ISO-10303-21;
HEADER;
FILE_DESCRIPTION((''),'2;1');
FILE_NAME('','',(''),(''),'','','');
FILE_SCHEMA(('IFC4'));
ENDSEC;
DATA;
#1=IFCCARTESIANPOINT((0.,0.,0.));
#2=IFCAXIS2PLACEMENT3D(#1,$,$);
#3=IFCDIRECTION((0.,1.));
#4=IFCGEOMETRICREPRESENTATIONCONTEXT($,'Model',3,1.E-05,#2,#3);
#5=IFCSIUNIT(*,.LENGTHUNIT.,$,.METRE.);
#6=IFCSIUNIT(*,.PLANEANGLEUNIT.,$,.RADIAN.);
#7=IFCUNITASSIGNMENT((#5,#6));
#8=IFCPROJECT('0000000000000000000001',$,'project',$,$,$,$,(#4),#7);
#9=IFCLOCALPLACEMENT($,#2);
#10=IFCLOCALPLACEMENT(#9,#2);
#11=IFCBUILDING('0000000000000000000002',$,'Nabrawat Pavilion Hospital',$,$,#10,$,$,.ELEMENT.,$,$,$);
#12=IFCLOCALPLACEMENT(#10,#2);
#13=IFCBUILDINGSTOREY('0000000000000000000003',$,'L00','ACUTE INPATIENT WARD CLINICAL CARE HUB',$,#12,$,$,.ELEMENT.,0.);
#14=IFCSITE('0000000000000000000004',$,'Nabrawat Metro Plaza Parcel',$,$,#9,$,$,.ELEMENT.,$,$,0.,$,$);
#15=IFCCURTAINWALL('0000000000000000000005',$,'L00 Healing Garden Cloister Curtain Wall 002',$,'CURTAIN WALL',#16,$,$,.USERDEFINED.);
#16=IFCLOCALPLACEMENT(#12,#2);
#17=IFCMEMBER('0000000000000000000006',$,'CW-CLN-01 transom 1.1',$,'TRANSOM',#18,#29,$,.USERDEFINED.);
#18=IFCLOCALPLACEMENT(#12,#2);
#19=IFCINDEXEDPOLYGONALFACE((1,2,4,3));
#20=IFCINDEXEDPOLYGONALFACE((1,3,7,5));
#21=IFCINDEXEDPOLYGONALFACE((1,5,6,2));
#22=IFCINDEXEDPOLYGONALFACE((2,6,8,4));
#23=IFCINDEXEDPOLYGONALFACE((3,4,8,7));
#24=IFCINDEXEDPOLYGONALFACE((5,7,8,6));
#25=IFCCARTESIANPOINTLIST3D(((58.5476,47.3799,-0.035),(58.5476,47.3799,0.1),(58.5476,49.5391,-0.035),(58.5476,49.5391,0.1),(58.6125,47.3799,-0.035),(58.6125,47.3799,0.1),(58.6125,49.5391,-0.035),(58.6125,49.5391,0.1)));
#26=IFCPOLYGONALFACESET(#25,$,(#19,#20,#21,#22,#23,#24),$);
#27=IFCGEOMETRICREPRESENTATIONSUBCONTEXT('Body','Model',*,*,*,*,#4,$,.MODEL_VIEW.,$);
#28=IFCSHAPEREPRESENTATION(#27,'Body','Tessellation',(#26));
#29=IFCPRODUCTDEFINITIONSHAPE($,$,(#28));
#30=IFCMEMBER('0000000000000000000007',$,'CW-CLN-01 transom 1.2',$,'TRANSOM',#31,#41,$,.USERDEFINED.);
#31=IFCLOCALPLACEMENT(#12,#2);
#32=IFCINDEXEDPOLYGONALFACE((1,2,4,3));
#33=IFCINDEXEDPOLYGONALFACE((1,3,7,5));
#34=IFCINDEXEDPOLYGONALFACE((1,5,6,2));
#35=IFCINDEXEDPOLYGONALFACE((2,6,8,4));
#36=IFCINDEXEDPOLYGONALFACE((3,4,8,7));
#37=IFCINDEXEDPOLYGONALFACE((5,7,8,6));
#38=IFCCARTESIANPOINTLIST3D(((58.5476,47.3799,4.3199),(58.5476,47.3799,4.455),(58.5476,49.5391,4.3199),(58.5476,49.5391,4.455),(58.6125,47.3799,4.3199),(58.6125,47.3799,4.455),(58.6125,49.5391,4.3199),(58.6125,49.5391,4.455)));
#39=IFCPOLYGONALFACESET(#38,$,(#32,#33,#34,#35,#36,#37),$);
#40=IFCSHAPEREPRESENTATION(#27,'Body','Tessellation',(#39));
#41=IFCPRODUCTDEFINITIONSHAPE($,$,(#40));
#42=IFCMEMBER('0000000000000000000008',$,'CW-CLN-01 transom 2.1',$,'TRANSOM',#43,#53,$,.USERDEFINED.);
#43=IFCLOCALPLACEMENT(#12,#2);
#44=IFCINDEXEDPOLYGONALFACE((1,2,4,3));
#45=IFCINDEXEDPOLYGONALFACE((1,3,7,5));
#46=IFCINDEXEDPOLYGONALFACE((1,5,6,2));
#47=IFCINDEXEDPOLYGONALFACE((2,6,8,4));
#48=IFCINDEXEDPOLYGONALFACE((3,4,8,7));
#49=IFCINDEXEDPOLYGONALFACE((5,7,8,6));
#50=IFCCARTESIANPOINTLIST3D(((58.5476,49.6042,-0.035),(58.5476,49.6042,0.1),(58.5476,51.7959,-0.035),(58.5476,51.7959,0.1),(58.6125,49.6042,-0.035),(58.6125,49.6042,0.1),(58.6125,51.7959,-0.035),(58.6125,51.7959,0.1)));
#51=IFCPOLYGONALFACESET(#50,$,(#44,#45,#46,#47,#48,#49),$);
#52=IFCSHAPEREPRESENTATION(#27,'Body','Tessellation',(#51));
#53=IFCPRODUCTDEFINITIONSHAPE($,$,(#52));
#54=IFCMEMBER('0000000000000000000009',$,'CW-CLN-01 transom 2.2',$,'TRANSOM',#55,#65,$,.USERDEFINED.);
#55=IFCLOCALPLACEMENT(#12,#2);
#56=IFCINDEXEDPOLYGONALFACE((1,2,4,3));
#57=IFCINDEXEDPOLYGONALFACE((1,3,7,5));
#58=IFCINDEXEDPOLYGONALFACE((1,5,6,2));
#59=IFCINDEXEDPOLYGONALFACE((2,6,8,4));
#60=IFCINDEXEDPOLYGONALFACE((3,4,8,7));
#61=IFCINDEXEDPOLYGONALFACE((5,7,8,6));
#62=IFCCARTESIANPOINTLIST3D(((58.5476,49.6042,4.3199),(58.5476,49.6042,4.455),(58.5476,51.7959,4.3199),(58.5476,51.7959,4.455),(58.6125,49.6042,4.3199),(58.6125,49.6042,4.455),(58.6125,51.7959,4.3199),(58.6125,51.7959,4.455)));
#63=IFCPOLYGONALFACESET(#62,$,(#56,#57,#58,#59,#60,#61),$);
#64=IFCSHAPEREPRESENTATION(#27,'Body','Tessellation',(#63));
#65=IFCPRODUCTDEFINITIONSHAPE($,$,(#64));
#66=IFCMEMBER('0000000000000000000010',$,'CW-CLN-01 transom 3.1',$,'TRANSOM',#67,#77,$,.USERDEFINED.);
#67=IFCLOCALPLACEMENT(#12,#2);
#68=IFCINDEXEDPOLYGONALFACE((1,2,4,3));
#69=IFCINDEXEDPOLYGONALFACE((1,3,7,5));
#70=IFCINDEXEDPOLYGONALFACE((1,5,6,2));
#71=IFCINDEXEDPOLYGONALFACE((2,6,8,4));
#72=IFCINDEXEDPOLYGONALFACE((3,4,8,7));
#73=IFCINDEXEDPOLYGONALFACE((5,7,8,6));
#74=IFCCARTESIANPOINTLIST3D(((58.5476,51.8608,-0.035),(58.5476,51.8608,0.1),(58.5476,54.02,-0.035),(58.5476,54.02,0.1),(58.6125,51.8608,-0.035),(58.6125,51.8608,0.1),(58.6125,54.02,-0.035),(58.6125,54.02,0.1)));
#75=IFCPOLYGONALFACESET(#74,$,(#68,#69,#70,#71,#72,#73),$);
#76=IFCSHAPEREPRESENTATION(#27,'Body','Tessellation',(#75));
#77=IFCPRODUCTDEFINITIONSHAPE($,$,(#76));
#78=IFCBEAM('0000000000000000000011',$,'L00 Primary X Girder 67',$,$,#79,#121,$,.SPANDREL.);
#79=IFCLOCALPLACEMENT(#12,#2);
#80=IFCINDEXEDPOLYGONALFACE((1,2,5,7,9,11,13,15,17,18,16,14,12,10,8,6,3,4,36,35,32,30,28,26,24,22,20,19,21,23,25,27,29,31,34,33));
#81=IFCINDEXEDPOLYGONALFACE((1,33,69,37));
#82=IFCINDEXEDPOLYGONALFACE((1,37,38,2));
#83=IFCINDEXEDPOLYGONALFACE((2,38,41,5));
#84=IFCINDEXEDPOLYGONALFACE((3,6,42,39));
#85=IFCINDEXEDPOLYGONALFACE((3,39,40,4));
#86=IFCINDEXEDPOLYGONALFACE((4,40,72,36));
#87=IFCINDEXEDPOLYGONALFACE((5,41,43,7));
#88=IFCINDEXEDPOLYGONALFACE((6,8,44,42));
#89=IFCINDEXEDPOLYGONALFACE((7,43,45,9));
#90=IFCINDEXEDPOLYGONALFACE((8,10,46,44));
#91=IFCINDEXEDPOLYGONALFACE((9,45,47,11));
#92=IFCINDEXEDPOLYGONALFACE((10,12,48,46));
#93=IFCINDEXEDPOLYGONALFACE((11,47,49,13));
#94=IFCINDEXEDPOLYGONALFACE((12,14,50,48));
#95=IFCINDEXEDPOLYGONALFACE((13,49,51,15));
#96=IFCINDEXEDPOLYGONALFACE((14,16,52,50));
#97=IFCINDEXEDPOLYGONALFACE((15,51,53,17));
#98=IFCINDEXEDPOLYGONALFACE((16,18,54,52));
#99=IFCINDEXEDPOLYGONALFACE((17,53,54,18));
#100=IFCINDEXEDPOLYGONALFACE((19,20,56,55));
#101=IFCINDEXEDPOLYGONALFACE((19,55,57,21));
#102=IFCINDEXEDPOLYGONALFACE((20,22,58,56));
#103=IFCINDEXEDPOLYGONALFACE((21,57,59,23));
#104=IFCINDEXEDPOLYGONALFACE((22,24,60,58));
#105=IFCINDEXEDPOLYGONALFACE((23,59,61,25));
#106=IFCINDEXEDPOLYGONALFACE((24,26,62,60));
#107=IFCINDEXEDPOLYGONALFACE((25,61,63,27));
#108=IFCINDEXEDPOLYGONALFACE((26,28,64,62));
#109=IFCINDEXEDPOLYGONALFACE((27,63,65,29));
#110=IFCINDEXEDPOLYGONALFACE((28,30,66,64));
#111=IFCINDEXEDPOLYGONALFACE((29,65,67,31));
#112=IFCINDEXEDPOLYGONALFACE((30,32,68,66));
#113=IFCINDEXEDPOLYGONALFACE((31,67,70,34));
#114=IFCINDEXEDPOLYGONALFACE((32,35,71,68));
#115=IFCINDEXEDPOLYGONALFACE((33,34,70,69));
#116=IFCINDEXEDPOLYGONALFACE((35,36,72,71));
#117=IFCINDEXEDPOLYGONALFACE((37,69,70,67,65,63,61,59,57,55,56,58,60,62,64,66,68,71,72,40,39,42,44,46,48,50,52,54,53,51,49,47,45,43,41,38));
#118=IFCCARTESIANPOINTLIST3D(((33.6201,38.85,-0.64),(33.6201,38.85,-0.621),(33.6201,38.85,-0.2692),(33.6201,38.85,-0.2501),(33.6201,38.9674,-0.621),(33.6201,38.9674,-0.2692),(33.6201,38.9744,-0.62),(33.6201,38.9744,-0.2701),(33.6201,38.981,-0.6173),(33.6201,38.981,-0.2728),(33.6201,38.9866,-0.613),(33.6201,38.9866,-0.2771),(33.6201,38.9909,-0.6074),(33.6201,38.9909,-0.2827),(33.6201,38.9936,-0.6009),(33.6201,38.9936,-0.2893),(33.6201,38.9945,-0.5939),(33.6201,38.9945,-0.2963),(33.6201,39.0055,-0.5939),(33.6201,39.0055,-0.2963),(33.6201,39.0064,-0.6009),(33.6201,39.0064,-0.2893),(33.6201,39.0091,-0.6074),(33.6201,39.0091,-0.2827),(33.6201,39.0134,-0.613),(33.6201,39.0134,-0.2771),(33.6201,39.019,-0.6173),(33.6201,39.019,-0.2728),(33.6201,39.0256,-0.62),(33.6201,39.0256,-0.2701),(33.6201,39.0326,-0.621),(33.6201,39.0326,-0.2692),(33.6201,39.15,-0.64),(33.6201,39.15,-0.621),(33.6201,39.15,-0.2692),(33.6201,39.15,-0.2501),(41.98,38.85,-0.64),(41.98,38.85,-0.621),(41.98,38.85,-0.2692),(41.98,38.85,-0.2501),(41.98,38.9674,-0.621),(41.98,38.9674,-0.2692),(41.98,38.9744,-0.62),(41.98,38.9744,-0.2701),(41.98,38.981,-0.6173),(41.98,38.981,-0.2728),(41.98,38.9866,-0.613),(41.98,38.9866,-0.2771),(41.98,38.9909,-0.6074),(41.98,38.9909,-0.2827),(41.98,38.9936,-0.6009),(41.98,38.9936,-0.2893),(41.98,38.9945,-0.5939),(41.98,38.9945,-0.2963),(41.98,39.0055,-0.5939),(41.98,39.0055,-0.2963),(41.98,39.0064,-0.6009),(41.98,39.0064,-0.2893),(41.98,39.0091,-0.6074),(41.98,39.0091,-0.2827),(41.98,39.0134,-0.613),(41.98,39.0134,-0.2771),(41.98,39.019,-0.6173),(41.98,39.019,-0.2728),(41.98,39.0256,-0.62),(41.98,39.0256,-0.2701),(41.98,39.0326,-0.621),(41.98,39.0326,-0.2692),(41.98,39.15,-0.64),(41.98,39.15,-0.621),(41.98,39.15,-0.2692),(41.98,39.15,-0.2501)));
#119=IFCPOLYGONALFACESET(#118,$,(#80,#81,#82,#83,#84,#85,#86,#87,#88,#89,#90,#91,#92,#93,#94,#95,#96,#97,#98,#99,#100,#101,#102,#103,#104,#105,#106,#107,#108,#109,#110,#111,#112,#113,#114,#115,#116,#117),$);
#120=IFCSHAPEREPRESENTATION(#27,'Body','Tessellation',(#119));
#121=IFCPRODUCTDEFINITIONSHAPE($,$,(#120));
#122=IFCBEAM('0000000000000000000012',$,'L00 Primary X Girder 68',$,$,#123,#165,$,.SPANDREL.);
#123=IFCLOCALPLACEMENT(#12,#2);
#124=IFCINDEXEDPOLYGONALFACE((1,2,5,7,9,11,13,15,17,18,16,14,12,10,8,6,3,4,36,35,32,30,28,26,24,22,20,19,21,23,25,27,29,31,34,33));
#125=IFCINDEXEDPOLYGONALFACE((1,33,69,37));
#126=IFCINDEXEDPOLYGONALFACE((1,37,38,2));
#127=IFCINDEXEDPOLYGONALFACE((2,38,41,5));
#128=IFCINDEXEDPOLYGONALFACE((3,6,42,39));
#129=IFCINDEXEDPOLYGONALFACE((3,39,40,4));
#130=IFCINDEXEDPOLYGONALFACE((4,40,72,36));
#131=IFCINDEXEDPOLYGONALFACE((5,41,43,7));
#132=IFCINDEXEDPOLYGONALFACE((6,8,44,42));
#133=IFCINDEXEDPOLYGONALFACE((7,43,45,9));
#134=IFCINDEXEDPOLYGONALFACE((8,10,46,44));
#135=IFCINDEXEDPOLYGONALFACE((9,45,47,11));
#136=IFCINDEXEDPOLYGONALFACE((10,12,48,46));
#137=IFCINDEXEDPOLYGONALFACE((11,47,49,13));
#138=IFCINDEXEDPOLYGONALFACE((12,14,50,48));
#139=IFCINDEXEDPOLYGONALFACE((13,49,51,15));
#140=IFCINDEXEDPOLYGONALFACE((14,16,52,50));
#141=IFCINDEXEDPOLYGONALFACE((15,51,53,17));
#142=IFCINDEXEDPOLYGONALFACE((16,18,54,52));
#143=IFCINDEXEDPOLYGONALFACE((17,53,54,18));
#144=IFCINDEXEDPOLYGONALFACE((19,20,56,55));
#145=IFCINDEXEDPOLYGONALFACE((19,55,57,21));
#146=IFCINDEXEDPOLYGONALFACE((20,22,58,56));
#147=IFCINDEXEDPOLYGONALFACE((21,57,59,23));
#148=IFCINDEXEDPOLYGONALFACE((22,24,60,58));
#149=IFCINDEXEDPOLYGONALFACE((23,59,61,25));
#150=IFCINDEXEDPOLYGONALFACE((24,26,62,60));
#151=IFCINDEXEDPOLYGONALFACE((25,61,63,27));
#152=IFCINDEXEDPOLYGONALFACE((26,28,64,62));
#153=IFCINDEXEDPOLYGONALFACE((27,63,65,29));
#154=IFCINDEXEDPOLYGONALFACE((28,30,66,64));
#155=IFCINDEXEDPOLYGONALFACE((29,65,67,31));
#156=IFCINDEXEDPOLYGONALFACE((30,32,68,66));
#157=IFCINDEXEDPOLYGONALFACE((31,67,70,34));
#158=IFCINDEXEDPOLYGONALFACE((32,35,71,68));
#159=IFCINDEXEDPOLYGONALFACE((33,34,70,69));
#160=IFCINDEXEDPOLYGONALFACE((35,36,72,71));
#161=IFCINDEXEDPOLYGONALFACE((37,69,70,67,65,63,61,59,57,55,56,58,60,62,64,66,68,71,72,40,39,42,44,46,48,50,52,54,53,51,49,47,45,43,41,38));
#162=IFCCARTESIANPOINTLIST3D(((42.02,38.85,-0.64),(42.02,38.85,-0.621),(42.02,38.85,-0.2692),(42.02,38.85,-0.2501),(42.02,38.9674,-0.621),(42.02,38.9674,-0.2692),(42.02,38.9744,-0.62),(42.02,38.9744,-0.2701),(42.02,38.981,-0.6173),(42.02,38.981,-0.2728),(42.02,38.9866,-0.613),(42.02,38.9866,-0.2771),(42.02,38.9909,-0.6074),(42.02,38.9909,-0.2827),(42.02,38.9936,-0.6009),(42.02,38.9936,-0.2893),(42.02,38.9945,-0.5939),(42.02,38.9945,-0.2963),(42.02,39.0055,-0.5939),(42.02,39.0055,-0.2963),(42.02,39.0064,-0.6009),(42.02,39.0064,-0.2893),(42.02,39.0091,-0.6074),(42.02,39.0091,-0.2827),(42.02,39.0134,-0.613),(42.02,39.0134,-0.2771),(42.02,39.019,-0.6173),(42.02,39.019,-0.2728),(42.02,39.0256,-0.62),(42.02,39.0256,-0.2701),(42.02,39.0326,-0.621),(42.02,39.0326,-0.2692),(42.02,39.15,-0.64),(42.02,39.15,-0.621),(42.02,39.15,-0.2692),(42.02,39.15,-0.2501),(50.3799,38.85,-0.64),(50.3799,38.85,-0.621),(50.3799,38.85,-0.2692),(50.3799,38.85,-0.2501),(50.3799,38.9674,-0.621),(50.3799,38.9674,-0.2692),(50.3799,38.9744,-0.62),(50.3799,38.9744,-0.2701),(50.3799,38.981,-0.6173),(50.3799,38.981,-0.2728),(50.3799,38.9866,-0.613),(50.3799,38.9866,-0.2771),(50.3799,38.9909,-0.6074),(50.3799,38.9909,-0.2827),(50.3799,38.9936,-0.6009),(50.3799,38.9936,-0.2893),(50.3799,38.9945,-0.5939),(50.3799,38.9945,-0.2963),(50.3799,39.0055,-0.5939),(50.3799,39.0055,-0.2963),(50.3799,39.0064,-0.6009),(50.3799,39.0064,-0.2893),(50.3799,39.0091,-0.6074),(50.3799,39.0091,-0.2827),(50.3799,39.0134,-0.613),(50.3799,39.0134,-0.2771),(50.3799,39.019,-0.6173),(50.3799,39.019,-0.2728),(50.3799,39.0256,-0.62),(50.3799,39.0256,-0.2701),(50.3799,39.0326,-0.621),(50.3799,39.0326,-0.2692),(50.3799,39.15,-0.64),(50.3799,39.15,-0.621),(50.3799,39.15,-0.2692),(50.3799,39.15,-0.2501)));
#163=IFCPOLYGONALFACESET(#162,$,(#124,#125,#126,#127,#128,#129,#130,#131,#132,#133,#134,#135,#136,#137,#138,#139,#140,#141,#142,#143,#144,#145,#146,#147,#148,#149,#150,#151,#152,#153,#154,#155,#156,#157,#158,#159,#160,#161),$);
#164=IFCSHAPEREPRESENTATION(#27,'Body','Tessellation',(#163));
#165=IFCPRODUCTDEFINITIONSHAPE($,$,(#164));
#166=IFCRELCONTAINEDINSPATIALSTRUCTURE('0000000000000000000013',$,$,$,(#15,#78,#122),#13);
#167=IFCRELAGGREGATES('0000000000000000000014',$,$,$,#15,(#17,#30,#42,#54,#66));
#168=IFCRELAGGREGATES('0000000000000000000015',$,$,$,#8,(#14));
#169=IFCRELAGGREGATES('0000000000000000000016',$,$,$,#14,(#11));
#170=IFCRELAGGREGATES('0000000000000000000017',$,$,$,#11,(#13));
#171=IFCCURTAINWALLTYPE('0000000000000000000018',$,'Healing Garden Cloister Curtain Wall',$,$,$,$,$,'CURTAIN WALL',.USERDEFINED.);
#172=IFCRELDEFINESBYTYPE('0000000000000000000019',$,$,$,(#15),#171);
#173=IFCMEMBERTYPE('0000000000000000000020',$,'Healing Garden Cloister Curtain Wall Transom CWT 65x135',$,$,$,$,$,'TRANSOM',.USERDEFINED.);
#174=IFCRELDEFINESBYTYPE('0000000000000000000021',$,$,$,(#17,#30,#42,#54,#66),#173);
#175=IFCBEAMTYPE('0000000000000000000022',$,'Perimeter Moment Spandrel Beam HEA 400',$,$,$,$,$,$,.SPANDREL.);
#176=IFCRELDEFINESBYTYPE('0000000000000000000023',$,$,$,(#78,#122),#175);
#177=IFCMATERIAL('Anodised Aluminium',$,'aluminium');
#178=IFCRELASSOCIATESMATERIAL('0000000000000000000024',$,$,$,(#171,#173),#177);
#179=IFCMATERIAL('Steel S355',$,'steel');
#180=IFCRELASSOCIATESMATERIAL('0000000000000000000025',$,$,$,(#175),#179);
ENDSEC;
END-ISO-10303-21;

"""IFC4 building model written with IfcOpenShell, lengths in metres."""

from ifc_helpers import new_model, si_unit, direction, frame, origin, origin_2d, place, context, subcontext, project, spatial, rectangle, i_section, extrude, material, material_profile, profile_set, type_object, element, aggregate, save


model = new_model("IFC4")

# Units and contexts
model_context = context("Model", 3, precision=1e-05, world=origin(), true_north=direction((0.0, 1.0)))
body_context = subcontext(model_context, "Body", "Model", "MODEL_VIEW")
ifc_project = project(units=[si_unit("LENGTHUNIT", "METRE"), si_unit("PLANEANGLEUNIT", "RADIAN")], contexts=[model_context])

# Site, building, storey
site_placement = place(None, origin())
site = spatial("IfcSite", under=ifc_project, at=site_placement, Name="Nabrawat Metro Plaza Parcel", CompositionType="ELEMENT", RefElevation=0.0)
building_placement = place(site_placement, origin())
building = spatial("IfcBuilding", under=site, at=building_placement, Name="Nabrawat Pavilion Hospital", CompositionType="ELEMENT")
storey_placement = place(building_placement, origin())
storey = spatial("IfcBuildingStorey", under=building, at=storey_placement, Name="L00", Description="ACUTE INPATIENT WARD CLINICAL CARE HUB", CompositionType="ELEMENT", Elevation=0.0)

# Curtain wall
ifc_material_1 = material(Name="Anodised Aluminium", Category="aluminium")
curtain_wall_type = type_object("IfcCurtainWallType", Name="Healing Garden Cloister Curtain Wall", ElementType="CURTAIN WALL", PredefinedType="USERDEFINED", material=ifc_material_1)
curtain_wall_1_placement = place(storey_placement, origin())
curtain_wall_1 = element("IfcCurtainWall", 1, at=curtain_wall_1_placement, inside=storey, type_object=curtain_wall_type, Name="L00 Healing Garden Cloister Curtain Wall 002", ObjectType="CURTAIN WALL", PredefinedType="USERDEFINED")

# Members
ifc_material_profile_1 = material_profile(ifc_material_1, rectangle(XDim=0.0649, YDim=0.135, at=origin_2d()), Name="CWT 65x135")
ifc_profile_set_1 = profile_set([ifc_material_profile_1], Name="Anodised Aluminium")
member_type_1 = type_object("IfcMemberType", Name="Healing Garden Cloister Curtain Wall Transom CWT 65x135", ElementType="TRANSOM", PredefinedType="USERDEFINED", material=ifc_profile_set_1)
member_1_placement = place(storey_placement, frame((58.5801, 47.3799, 0.0325), z_axis=(0.0, 1.0, 0.0), x_axis=(-1.0, 0.0, 0.0)))
member_1 = element("IfcMember", 2, at=member_1_placement, type_object=member_type_1, Name="CW-CLN-01 transom 1.1", ObjectType="TRANSOM", PredefinedType="USERDEFINED", context=body_context, shape_type="SweptSolid", body=[
    extrude(rectangle(XDim=0.0649, YDim=0.135, at=origin_2d()), origin(), (0.0, 0.0, 1.0), 2.1592),
])
member_2_placement = place(storey_placement, frame((58.5801, 47.3799, 4.3875), z_axis=(0.0, 1.0, 0.0), x_axis=(-1.0, 0.0, 0.0)))
member_2 = element("IfcMember", 3, at=member_2_placement, type_object=member_type_1, Name="CW-CLN-01 transom 1.2", ObjectType="TRANSOM", PredefinedType="USERDEFINED", context=body_context, shape_type="SweptSolid", body=[
    extrude(rectangle(XDim=0.0649, YDim=0.135, at=origin_2d()), origin(), (0.0, 0.0, 1.0), 2.1592),
])
member_3_placement = place(storey_placement, frame((58.5801, 49.6042, 0.0325), z_axis=(0.0, 1.0, 0.0), x_axis=(-1.0, 0.0, 0.0)))
member_3 = element("IfcMember", 4, at=member_3_placement, type_object=member_type_1, Name="CW-CLN-01 transom 2.1", ObjectType="TRANSOM", PredefinedType="USERDEFINED", context=body_context, shape_type="SweptSolid", body=[
    extrude(rectangle(XDim=0.0649, YDim=0.135, at=origin_2d()), origin(), (0.0, 0.0, 1.0), 2.1917),
])
member_4_placement = place(storey_placement, frame((58.5801, 49.6042, 4.3875), z_axis=(0.0, 1.0, 0.0), x_axis=(-1.0, 0.0, 0.0)))
member_4 = element("IfcMember", 5, at=member_4_placement, type_object=member_type_1, Name="CW-CLN-01 transom 2.2", ObjectType="TRANSOM", PredefinedType="USERDEFINED", context=body_context, shape_type="SweptSolid", body=[
    extrude(rectangle(XDim=0.0649, YDim=0.135, at=origin_2d()), origin(), (0.0, 0.0, 1.0), 2.1917),
])
member_5_placement = place(storey_placement, frame((58.5801, 51.8608, 0.0325), z_axis=(0.0, 1.0, 0.0), x_axis=(-1.0, 0.0, 0.0)))
member_5 = element("IfcMember", 6, at=member_5_placement, type_object=member_type_1, Name="CW-CLN-01 transom 3.1", ObjectType="TRANSOM", PredefinedType="USERDEFINED", context=body_context, shape_type="SweptSolid", body=[
    extrude(rectangle(XDim=0.0649, YDim=0.135, at=origin_2d()), origin(), (0.0, 0.0, 1.0), 2.1592),
])

# Beams
ifc_material_2 = material(Name="Steel S355", Category="steel")
ifc_material_profile_2 = material_profile(ifc_material_2, i_section(OverallWidth=0.3, OverallDepth=0.3899, WebThickness=0.011, FlangeThickness=0.019, FilletRadius=0.0271, at=origin_2d()), Name="HEA 400")
ifc_profile_set_2 = profile_set([ifc_material_profile_2], Name="Steel S355")
beam_type_1 = type_object("IfcBeamType", Name="Perimeter Moment Spandrel Beam HEA 400", PredefinedType="SPANDREL", material=ifc_profile_set_2)
for number, where, z_axis, x_axis, name in (
    (7, (33.6201, 39.0, -0.4451), (1.0, 0.0, 0.0), (0.0, 1.0, 0.0), "L00 Primary X Girder 67"),
    (8, (42.02, 39.0, -0.4451), (1.0, 0.0, 0.0), (0.0, 1.0, 0.0), "L00 Primary X Girder 68"),
):
    element("IfcBeam", number, at=place(storey_placement, frame(where, z_axis=z_axis, x_axis=x_axis)), inside=storey, type_object=beam_type_1, Name=name, PredefinedType="SPANDREL", context=body_context, shape_type="SweptSolid", body=[
        extrude(i_section(OverallWidth=0.3, OverallDepth=0.3899, WebThickness=0.011, FlangeThickness=0.019, FilletRadius=0.0271, at=origin_2d()), origin(), (0.0, 0.0, 1.0), 8.3599),
    ])

aggregate(curtain_wall_1, [member_1, member_2, member_3, member_4, member_5])

save(model, "model.ifc")
